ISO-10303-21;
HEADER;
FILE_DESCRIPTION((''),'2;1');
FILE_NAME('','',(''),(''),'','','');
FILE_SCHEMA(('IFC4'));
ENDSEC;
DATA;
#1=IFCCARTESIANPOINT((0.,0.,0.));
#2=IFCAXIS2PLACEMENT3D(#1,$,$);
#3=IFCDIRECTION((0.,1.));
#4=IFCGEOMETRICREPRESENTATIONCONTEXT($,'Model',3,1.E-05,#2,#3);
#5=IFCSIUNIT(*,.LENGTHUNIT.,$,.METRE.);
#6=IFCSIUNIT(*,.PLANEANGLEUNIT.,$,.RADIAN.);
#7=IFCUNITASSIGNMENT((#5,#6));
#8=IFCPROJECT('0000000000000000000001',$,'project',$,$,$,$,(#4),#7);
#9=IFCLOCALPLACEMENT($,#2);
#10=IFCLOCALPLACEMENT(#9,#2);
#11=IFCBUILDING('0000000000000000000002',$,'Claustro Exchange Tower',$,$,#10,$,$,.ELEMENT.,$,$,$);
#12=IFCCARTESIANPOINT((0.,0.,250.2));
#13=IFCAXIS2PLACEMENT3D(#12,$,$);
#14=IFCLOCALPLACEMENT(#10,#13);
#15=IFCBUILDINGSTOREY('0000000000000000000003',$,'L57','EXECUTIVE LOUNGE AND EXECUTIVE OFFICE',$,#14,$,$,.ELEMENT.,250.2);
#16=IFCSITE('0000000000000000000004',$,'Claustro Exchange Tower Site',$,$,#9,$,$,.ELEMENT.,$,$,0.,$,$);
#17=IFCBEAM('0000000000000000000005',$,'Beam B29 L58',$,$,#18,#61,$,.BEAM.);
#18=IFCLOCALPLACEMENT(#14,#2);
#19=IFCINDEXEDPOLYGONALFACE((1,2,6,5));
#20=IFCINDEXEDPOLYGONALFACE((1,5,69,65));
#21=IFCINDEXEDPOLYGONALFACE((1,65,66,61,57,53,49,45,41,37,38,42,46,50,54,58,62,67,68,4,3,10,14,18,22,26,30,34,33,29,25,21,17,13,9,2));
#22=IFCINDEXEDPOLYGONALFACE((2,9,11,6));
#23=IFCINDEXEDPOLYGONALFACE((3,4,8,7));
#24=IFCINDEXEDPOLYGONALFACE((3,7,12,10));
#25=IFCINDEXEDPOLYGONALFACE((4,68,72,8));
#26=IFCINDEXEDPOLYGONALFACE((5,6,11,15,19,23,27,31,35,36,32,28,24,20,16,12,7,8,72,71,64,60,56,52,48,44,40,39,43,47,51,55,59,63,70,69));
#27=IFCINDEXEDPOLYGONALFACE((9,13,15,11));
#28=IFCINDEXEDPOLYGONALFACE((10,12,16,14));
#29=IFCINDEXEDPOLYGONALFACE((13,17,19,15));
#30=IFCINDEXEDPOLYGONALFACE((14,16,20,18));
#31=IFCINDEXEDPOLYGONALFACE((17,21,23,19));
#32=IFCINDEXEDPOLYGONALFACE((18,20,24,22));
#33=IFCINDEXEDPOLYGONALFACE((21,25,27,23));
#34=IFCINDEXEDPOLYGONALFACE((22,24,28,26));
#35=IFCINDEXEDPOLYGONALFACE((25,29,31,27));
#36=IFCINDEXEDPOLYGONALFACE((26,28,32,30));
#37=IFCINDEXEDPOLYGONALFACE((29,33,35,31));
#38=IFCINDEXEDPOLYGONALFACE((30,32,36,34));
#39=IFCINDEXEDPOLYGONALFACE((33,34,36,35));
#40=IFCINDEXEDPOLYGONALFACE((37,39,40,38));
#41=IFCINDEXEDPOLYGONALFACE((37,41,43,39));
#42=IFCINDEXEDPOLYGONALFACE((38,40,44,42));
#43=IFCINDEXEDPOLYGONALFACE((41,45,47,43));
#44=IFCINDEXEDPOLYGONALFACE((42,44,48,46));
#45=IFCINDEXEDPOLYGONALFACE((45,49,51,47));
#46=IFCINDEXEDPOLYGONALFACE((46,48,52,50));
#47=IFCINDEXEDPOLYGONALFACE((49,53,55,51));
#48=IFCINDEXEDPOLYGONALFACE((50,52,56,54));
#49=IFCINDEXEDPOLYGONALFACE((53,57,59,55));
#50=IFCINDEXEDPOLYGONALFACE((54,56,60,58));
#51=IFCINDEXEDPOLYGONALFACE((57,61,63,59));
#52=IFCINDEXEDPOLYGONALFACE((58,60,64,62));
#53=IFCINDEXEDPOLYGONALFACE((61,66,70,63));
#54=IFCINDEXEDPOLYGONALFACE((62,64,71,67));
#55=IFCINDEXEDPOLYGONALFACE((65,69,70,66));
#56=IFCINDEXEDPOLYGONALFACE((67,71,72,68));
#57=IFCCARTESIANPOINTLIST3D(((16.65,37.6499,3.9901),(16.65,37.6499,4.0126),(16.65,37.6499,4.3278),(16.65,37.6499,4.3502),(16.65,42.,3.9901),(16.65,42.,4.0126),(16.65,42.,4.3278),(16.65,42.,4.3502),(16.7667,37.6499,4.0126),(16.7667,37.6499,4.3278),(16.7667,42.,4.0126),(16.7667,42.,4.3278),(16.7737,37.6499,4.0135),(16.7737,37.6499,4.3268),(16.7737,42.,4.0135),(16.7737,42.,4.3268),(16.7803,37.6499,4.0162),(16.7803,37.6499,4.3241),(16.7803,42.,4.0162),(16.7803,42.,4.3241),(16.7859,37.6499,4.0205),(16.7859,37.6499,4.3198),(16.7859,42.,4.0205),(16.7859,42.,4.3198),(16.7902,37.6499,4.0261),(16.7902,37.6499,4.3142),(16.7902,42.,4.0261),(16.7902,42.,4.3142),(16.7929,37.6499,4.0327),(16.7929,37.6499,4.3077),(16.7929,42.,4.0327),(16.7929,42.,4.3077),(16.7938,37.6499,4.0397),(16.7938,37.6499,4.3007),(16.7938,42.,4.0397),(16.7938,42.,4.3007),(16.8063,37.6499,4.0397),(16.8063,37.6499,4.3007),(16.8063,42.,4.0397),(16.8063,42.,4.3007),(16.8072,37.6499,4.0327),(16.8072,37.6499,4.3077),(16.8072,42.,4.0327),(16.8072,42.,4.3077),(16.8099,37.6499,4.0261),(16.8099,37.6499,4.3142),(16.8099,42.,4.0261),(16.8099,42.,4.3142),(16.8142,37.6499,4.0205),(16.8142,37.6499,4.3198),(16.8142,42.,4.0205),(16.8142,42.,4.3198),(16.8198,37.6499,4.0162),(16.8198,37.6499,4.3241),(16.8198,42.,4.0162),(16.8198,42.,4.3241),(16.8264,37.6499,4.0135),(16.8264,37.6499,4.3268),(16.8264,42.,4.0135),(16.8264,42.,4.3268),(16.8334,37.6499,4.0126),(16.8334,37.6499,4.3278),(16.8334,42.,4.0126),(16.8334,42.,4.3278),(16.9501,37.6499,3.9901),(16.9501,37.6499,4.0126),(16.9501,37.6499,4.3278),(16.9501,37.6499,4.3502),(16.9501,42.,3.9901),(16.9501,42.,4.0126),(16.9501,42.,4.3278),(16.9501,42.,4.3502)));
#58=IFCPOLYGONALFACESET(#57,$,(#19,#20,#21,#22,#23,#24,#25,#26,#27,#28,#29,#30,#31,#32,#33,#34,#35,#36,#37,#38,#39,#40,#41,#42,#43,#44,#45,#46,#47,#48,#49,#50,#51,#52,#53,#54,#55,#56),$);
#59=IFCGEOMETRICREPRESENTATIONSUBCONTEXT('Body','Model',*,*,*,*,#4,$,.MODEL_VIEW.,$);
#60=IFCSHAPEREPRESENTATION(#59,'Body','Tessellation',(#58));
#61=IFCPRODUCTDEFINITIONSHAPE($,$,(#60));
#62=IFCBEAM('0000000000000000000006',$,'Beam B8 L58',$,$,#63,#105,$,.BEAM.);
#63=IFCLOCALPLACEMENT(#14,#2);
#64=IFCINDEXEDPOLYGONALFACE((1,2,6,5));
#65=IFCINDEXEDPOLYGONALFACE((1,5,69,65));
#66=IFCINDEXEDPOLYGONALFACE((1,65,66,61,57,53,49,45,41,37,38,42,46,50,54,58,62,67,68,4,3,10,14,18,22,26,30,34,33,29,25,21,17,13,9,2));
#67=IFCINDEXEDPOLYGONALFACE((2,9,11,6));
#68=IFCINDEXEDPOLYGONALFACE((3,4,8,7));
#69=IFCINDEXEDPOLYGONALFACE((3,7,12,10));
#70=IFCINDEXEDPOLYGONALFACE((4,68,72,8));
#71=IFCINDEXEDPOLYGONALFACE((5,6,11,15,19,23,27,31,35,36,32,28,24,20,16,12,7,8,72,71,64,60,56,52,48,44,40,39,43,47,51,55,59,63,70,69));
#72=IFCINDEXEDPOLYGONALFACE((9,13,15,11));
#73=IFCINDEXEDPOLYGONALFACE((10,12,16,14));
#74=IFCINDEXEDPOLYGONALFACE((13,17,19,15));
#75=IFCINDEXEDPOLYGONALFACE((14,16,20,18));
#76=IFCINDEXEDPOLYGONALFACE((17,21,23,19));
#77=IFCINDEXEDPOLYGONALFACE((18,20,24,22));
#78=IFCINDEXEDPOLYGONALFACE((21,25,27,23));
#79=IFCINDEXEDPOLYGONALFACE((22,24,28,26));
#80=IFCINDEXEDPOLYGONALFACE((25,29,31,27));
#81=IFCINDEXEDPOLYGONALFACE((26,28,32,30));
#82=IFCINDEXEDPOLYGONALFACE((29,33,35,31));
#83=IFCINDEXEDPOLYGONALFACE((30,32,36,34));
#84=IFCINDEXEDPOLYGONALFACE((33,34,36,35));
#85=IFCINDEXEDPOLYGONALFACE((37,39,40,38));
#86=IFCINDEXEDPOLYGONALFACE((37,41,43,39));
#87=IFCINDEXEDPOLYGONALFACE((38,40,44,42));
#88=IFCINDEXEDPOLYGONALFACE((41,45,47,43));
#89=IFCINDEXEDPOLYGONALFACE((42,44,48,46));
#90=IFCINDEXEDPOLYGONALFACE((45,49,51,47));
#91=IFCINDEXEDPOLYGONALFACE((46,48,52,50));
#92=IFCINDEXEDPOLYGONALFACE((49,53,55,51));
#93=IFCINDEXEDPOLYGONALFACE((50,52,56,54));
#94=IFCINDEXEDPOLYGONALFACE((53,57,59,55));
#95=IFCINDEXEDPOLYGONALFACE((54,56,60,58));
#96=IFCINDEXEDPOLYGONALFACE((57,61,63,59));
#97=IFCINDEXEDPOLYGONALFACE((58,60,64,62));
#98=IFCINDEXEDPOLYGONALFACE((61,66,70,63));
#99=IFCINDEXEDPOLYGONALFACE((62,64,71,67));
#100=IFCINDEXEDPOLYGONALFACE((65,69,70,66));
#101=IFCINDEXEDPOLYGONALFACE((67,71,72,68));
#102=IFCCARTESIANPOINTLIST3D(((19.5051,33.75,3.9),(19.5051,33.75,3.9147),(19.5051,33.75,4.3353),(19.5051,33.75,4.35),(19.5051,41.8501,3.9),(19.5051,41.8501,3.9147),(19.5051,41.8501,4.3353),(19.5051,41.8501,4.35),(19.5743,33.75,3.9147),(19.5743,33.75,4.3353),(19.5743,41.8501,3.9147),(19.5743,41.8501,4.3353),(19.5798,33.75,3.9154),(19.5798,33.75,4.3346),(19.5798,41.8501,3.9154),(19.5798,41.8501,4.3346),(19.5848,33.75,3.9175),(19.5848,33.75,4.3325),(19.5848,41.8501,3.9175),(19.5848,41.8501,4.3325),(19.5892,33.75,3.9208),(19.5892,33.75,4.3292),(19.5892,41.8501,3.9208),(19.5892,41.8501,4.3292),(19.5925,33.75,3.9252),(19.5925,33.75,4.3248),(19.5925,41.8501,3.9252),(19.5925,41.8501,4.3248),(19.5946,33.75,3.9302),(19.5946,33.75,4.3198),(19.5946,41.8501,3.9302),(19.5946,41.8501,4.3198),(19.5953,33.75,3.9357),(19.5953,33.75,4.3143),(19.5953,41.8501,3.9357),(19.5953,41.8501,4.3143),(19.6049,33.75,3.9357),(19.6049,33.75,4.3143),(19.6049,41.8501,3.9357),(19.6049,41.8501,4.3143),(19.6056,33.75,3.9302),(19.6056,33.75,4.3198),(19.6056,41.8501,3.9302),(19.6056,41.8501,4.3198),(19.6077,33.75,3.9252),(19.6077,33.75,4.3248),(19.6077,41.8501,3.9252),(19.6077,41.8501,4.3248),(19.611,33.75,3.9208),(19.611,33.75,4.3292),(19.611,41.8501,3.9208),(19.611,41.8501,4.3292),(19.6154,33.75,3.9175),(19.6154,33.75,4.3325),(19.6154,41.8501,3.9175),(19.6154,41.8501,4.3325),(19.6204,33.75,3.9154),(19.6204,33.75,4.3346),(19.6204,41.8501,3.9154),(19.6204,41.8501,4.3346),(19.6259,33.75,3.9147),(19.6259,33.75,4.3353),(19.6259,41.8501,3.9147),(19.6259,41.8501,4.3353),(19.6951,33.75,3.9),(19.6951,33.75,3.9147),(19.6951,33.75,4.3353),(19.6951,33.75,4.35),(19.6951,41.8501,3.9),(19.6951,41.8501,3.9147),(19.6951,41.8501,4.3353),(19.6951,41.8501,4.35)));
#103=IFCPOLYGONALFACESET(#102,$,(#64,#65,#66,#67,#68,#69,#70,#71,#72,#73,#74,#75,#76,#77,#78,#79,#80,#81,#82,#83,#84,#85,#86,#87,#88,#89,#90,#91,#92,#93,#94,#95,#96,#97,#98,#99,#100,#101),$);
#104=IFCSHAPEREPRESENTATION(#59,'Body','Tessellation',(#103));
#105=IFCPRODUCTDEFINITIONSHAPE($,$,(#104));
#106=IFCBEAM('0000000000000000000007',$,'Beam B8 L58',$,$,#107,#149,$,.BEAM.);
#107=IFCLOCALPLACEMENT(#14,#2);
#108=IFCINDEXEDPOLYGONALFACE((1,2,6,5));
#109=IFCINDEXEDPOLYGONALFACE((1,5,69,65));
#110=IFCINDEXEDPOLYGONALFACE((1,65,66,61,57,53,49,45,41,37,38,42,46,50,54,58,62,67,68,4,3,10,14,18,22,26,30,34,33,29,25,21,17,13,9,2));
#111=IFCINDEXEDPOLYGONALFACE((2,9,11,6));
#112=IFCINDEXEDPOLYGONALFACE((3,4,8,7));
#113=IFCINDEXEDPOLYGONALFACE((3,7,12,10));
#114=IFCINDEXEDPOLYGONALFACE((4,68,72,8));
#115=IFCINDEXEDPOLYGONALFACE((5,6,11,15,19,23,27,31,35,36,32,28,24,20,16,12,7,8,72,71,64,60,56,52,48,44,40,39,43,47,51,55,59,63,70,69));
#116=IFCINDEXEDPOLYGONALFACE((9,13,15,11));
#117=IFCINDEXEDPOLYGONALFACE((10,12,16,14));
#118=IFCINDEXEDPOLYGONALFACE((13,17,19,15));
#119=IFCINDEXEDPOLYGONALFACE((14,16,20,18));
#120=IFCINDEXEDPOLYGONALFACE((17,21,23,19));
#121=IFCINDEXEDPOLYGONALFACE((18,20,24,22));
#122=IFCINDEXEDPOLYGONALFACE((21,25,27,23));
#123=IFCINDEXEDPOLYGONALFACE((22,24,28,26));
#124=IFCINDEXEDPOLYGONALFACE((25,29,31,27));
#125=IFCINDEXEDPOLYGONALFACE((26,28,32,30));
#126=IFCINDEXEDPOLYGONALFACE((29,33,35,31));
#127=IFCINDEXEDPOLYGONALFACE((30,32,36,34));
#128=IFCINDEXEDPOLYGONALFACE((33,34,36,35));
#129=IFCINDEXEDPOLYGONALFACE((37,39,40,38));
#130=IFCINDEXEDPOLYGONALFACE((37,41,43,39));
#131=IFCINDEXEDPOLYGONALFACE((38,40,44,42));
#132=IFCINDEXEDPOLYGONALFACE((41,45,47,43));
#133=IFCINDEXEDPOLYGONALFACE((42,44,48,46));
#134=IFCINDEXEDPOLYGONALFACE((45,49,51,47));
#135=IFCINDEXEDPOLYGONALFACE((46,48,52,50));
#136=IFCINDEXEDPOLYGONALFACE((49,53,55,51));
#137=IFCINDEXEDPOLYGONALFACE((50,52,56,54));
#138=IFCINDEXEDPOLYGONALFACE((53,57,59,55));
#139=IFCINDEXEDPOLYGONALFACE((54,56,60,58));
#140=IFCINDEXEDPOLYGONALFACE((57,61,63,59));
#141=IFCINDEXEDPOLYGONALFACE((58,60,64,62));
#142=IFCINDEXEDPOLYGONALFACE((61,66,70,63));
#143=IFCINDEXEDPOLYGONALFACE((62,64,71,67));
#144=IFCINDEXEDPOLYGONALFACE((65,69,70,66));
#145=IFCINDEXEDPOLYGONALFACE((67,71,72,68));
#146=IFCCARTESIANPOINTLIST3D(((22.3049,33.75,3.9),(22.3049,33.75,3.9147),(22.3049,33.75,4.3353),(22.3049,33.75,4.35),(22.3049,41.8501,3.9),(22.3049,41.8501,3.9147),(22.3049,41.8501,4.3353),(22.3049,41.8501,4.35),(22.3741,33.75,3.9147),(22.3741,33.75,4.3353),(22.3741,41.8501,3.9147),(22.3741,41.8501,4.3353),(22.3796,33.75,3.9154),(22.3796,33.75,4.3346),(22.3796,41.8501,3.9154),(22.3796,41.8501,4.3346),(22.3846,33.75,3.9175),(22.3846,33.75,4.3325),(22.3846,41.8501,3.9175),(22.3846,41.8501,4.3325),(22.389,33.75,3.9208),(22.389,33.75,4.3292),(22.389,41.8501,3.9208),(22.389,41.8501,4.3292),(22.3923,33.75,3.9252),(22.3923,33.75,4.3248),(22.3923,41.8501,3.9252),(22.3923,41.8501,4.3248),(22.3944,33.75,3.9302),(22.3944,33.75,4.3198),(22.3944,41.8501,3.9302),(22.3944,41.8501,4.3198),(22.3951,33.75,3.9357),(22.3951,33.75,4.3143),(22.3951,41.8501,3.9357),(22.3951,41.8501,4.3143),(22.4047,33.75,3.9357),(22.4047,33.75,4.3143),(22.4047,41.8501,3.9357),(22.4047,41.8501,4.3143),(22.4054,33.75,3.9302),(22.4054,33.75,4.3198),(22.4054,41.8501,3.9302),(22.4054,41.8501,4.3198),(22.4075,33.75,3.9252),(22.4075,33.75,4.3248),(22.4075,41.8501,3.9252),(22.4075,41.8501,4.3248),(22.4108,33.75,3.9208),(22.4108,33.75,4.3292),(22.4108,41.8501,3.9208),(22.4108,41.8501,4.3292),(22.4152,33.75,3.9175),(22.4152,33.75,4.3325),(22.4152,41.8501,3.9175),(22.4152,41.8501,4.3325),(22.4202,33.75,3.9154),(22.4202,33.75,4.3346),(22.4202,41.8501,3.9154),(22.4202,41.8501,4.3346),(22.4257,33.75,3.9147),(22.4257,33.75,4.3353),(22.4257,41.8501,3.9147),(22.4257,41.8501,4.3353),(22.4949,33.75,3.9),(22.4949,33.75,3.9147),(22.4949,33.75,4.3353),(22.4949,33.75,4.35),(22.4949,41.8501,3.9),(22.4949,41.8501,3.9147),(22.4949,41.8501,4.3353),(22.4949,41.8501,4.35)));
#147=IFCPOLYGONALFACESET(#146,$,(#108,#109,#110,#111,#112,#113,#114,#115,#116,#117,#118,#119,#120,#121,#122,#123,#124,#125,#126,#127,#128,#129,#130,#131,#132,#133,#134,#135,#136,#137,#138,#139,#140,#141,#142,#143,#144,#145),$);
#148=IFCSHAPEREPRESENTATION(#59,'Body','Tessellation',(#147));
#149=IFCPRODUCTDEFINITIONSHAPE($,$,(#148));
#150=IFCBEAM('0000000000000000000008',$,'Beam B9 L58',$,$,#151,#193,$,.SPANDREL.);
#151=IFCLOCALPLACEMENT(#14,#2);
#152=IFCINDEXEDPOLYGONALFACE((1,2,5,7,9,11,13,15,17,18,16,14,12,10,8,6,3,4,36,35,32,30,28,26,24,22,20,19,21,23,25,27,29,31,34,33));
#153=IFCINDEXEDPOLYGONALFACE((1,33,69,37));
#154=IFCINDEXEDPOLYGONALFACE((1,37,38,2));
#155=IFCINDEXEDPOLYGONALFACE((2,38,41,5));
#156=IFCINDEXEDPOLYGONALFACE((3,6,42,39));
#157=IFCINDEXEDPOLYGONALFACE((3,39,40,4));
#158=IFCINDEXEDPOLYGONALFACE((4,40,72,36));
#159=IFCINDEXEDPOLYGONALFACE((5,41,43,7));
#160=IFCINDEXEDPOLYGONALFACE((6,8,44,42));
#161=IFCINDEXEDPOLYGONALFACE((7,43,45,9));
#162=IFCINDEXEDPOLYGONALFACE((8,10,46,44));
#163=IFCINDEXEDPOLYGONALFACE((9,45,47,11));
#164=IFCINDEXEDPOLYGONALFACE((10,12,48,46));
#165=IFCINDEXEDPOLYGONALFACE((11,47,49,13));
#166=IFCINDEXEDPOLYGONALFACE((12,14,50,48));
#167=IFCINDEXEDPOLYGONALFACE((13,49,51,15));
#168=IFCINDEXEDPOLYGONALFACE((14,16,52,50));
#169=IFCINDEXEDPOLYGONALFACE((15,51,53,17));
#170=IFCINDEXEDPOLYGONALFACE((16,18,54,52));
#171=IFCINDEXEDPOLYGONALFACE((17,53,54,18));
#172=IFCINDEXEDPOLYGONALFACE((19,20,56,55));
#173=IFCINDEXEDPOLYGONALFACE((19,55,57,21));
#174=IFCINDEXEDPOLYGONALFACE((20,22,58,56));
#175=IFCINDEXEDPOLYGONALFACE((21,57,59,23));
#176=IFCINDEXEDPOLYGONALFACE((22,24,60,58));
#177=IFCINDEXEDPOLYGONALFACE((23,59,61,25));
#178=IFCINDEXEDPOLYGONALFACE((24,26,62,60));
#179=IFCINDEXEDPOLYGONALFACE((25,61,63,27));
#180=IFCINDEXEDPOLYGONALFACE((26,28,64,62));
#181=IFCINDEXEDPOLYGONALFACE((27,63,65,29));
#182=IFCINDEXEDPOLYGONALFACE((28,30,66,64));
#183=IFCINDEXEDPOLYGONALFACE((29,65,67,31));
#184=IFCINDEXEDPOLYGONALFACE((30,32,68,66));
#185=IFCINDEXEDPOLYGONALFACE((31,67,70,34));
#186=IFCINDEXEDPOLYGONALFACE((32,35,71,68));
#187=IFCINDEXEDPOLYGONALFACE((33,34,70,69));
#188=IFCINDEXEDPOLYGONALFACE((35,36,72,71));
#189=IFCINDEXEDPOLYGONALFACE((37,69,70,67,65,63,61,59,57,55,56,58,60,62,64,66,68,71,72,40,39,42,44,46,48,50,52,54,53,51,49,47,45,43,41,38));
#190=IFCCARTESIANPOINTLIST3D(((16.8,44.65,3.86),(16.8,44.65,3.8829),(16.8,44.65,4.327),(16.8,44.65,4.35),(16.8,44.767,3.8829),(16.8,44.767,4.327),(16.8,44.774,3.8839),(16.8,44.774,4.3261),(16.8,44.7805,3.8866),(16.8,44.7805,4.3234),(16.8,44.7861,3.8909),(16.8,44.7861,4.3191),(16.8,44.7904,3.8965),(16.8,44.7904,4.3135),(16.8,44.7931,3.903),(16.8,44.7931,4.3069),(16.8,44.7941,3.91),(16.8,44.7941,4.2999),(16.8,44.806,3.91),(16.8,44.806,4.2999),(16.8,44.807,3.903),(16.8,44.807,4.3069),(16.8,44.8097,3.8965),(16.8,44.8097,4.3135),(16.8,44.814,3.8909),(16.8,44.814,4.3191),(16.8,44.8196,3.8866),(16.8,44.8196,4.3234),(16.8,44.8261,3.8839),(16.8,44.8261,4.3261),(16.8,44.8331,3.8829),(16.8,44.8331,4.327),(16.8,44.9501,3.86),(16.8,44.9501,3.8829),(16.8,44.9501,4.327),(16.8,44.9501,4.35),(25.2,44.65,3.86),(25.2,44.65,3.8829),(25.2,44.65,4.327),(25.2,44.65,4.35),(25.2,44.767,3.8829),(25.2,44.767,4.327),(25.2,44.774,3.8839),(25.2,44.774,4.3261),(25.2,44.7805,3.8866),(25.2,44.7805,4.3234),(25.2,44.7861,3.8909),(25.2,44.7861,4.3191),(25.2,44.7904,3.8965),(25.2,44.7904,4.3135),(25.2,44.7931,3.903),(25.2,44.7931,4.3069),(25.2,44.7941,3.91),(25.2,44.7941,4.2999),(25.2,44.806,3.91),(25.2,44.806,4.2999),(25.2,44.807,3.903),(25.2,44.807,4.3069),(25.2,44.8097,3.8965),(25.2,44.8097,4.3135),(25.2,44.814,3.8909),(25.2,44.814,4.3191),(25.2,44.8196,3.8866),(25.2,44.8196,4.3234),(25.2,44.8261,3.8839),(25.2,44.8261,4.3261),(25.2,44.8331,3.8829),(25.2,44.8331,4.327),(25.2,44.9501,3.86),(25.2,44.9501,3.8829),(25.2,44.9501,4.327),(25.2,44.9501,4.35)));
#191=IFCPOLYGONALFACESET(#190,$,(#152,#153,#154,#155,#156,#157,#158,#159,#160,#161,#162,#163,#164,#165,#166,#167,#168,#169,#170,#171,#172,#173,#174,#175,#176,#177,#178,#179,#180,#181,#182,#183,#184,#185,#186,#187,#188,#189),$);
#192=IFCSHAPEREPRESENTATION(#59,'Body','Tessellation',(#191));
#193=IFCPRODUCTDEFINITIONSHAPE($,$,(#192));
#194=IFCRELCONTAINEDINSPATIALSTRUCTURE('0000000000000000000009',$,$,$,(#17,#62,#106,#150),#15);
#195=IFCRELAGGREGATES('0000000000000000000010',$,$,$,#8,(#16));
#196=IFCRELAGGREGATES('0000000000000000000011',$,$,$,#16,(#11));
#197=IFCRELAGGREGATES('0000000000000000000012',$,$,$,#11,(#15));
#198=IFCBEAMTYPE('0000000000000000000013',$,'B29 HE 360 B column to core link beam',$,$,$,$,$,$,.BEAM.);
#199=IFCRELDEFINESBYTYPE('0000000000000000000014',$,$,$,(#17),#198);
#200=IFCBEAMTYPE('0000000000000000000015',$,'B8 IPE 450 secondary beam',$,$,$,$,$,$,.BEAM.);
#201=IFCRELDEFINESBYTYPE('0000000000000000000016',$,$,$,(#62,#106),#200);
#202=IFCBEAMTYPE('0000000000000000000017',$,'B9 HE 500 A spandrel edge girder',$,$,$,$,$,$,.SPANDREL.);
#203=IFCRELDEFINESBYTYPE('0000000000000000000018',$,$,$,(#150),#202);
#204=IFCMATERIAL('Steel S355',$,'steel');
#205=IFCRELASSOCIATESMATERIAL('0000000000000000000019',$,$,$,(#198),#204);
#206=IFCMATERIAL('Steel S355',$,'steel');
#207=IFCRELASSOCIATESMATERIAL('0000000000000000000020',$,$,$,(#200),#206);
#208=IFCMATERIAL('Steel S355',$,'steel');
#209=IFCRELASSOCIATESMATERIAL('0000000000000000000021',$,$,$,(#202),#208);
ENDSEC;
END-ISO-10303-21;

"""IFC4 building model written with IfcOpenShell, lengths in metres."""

from ifc_helpers import new_model, si_unit, direction, frame, origin, origin_2d, place, context, subcontext, project, spatial, i_section, extrude, material, material_profile, profile_set, type_object, element, save


model = new_model("IFC4")

# Units and contexts
model_context = context("Model", 3, precision=1e-05, world=origin(), true_north=direction((0.0, 1.0)))
body_context = subcontext(model_context, "Body", "Model", "MODEL_VIEW")
ifc_project = project(units=[si_unit("LENGTHUNIT", "METRE"), si_unit("PLANEANGLEUNIT", "RADIAN")], contexts=[model_context])

# Site, building, storey
site_placement = place(None, origin())
site = spatial("IfcSite", under=ifc_project, at=site_placement, Name="Claustro Exchange Tower Site", CompositionType="ELEMENT", RefElevation=0.0)
building_placement = place(site_placement, origin())
building = spatial("IfcBuilding", under=site, at=building_placement, Name="Claustro Exchange Tower", CompositionType="ELEMENT")
storey_placement = place(building_placement, frame((0.0, 0.0, 250.2)))
storey = spatial("IfcBuildingStorey", under=building, at=storey_placement, Name="L57", Description="EXECUTIVE LOUNGE AND EXECUTIVE OFFICE", CompositionType="ELEMENT", Elevation=250.2)

# Beams
ifc_material_1 = material(Name="Steel S355", Category="steel")
ifc_material_profile_1 = material_profile(ifc_material_1, i_section(OverallWidth=0.3, OverallDepth=0.3601, WebThickness=0.0125, FlangeThickness=0.0225, FilletRadius=0.0271, at=origin_2d()), Name="HE 360 B")
ifc_profile_set_1 = profile_set([ifc_material_profile_1], Name="Steel S355")
beam_type_1 = type_object("IfcBeamType", Name="B29 HE 360 B column to core link beam", PredefinedType="BEAM", material=ifc_profile_set_1)
beam_1_placement = place(storey_placement, frame((16.8, 37.6499, 4.1702), z_axis=(0.0, 1.0, 0.0), x_axis=(-1.0, 0.0, 0.0)))
element("IfcBeam", 1, at=beam_1_placement, inside=storey, type_object=beam_type_1, Name="Beam B29 L58", PredefinedType="BEAM", context=body_context, shape_type="SweptSolid", body=[
    extrude(i_section(OverallWidth=0.3, OverallDepth=0.3601, WebThickness=0.0125, FlangeThickness=0.0225, FilletRadius=0.0271, at=origin_2d()), origin(), (0.0, 0.0, 1.0), 4.3501),
])
ifc_material_2 = material(Name="Steel S355", Category="steel")
ifc_material_profile_2 = material_profile(ifc_material_2, i_section(OverallWidth=0.1899, OverallDepth=0.45, WebThickness=0.0095, FlangeThickness=0.0146, FilletRadius=0.021, at=origin_2d()), Name="IPE 450")
ifc_profile_set_2 = profile_set([ifc_material_profile_2], Name="Steel S355")
beam_type_2 = type_object("IfcBeamType", Name="B8 IPE 450 secondary beam", PredefinedType="BEAM", material=ifc_profile_set_2)
for number, where, z_axis, x_axis, name in (
    (2, (19.6001, 33.75, 4.125), (0.0, 1.0, 0.0), (-1.0, 0.0, 0.0), "Beam B8 L58"),
    (3, (22.3999, 33.75, 4.125), (0.0, 1.0, 0.0), (-1.0, 0.0, 0.0), "Beam B8 L58"),
):
    element("IfcBeam", number, at=place(storey_placement, frame(where, z_axis=z_axis, x_axis=x_axis)), inside=storey, type_object=beam_type_2, Name=name, PredefinedType="BEAM", context=body_context, shape_type="SweptSolid", body=[
        extrude(i_section(OverallWidth=0.1899, OverallDepth=0.45, WebThickness=0.0095, FlangeThickness=0.0146, FilletRadius=0.021, at=origin_2d()), origin(), (0.0, 0.0, 1.0), 8.1001),
    ])
ifc_material_3 = material(Name="Steel S355", Category="steel")
ifc_material_profile_3 = material_profile(ifc_material_3, i_section(OverallWidth=0.3, OverallDepth=0.49, WebThickness=0.012, FlangeThickness=0.0229, FilletRadius=0.0271, at=origin_2d()), Name="HE 500 A")
ifc_profile_set_3 = profile_set([ifc_material_profile_3], Name="Steel S355")
beam_type_3 = type_object("IfcBeamType", Name="B9 HE 500 A spandrel edge girder", PredefinedType="SPANDREL", material=ifc_profile_set_3)
beam_2_placement = place(storey_placement, frame((16.8, 44.8, 4.105), z_axis=(1.0, 0.0, 0.0), x_axis=(0.0, 1.0, 0.0)))
element("IfcBeam", 4, at=beam_2_placement, inside=storey, type_object=beam_type_3, Name="Beam B9 L58", PredefinedType="SPANDREL", context=body_context, shape_type="SweptSolid", body=[
    extrude(i_section(OverallWidth=0.3, OverallDepth=0.49, WebThickness=0.012, FlangeThickness=0.0229, FilletRadius=0.0271, at=origin_2d()), origin(), (0.0, 0.0, 1.0), 8.3999),
])

save(model, "model.ifc")
